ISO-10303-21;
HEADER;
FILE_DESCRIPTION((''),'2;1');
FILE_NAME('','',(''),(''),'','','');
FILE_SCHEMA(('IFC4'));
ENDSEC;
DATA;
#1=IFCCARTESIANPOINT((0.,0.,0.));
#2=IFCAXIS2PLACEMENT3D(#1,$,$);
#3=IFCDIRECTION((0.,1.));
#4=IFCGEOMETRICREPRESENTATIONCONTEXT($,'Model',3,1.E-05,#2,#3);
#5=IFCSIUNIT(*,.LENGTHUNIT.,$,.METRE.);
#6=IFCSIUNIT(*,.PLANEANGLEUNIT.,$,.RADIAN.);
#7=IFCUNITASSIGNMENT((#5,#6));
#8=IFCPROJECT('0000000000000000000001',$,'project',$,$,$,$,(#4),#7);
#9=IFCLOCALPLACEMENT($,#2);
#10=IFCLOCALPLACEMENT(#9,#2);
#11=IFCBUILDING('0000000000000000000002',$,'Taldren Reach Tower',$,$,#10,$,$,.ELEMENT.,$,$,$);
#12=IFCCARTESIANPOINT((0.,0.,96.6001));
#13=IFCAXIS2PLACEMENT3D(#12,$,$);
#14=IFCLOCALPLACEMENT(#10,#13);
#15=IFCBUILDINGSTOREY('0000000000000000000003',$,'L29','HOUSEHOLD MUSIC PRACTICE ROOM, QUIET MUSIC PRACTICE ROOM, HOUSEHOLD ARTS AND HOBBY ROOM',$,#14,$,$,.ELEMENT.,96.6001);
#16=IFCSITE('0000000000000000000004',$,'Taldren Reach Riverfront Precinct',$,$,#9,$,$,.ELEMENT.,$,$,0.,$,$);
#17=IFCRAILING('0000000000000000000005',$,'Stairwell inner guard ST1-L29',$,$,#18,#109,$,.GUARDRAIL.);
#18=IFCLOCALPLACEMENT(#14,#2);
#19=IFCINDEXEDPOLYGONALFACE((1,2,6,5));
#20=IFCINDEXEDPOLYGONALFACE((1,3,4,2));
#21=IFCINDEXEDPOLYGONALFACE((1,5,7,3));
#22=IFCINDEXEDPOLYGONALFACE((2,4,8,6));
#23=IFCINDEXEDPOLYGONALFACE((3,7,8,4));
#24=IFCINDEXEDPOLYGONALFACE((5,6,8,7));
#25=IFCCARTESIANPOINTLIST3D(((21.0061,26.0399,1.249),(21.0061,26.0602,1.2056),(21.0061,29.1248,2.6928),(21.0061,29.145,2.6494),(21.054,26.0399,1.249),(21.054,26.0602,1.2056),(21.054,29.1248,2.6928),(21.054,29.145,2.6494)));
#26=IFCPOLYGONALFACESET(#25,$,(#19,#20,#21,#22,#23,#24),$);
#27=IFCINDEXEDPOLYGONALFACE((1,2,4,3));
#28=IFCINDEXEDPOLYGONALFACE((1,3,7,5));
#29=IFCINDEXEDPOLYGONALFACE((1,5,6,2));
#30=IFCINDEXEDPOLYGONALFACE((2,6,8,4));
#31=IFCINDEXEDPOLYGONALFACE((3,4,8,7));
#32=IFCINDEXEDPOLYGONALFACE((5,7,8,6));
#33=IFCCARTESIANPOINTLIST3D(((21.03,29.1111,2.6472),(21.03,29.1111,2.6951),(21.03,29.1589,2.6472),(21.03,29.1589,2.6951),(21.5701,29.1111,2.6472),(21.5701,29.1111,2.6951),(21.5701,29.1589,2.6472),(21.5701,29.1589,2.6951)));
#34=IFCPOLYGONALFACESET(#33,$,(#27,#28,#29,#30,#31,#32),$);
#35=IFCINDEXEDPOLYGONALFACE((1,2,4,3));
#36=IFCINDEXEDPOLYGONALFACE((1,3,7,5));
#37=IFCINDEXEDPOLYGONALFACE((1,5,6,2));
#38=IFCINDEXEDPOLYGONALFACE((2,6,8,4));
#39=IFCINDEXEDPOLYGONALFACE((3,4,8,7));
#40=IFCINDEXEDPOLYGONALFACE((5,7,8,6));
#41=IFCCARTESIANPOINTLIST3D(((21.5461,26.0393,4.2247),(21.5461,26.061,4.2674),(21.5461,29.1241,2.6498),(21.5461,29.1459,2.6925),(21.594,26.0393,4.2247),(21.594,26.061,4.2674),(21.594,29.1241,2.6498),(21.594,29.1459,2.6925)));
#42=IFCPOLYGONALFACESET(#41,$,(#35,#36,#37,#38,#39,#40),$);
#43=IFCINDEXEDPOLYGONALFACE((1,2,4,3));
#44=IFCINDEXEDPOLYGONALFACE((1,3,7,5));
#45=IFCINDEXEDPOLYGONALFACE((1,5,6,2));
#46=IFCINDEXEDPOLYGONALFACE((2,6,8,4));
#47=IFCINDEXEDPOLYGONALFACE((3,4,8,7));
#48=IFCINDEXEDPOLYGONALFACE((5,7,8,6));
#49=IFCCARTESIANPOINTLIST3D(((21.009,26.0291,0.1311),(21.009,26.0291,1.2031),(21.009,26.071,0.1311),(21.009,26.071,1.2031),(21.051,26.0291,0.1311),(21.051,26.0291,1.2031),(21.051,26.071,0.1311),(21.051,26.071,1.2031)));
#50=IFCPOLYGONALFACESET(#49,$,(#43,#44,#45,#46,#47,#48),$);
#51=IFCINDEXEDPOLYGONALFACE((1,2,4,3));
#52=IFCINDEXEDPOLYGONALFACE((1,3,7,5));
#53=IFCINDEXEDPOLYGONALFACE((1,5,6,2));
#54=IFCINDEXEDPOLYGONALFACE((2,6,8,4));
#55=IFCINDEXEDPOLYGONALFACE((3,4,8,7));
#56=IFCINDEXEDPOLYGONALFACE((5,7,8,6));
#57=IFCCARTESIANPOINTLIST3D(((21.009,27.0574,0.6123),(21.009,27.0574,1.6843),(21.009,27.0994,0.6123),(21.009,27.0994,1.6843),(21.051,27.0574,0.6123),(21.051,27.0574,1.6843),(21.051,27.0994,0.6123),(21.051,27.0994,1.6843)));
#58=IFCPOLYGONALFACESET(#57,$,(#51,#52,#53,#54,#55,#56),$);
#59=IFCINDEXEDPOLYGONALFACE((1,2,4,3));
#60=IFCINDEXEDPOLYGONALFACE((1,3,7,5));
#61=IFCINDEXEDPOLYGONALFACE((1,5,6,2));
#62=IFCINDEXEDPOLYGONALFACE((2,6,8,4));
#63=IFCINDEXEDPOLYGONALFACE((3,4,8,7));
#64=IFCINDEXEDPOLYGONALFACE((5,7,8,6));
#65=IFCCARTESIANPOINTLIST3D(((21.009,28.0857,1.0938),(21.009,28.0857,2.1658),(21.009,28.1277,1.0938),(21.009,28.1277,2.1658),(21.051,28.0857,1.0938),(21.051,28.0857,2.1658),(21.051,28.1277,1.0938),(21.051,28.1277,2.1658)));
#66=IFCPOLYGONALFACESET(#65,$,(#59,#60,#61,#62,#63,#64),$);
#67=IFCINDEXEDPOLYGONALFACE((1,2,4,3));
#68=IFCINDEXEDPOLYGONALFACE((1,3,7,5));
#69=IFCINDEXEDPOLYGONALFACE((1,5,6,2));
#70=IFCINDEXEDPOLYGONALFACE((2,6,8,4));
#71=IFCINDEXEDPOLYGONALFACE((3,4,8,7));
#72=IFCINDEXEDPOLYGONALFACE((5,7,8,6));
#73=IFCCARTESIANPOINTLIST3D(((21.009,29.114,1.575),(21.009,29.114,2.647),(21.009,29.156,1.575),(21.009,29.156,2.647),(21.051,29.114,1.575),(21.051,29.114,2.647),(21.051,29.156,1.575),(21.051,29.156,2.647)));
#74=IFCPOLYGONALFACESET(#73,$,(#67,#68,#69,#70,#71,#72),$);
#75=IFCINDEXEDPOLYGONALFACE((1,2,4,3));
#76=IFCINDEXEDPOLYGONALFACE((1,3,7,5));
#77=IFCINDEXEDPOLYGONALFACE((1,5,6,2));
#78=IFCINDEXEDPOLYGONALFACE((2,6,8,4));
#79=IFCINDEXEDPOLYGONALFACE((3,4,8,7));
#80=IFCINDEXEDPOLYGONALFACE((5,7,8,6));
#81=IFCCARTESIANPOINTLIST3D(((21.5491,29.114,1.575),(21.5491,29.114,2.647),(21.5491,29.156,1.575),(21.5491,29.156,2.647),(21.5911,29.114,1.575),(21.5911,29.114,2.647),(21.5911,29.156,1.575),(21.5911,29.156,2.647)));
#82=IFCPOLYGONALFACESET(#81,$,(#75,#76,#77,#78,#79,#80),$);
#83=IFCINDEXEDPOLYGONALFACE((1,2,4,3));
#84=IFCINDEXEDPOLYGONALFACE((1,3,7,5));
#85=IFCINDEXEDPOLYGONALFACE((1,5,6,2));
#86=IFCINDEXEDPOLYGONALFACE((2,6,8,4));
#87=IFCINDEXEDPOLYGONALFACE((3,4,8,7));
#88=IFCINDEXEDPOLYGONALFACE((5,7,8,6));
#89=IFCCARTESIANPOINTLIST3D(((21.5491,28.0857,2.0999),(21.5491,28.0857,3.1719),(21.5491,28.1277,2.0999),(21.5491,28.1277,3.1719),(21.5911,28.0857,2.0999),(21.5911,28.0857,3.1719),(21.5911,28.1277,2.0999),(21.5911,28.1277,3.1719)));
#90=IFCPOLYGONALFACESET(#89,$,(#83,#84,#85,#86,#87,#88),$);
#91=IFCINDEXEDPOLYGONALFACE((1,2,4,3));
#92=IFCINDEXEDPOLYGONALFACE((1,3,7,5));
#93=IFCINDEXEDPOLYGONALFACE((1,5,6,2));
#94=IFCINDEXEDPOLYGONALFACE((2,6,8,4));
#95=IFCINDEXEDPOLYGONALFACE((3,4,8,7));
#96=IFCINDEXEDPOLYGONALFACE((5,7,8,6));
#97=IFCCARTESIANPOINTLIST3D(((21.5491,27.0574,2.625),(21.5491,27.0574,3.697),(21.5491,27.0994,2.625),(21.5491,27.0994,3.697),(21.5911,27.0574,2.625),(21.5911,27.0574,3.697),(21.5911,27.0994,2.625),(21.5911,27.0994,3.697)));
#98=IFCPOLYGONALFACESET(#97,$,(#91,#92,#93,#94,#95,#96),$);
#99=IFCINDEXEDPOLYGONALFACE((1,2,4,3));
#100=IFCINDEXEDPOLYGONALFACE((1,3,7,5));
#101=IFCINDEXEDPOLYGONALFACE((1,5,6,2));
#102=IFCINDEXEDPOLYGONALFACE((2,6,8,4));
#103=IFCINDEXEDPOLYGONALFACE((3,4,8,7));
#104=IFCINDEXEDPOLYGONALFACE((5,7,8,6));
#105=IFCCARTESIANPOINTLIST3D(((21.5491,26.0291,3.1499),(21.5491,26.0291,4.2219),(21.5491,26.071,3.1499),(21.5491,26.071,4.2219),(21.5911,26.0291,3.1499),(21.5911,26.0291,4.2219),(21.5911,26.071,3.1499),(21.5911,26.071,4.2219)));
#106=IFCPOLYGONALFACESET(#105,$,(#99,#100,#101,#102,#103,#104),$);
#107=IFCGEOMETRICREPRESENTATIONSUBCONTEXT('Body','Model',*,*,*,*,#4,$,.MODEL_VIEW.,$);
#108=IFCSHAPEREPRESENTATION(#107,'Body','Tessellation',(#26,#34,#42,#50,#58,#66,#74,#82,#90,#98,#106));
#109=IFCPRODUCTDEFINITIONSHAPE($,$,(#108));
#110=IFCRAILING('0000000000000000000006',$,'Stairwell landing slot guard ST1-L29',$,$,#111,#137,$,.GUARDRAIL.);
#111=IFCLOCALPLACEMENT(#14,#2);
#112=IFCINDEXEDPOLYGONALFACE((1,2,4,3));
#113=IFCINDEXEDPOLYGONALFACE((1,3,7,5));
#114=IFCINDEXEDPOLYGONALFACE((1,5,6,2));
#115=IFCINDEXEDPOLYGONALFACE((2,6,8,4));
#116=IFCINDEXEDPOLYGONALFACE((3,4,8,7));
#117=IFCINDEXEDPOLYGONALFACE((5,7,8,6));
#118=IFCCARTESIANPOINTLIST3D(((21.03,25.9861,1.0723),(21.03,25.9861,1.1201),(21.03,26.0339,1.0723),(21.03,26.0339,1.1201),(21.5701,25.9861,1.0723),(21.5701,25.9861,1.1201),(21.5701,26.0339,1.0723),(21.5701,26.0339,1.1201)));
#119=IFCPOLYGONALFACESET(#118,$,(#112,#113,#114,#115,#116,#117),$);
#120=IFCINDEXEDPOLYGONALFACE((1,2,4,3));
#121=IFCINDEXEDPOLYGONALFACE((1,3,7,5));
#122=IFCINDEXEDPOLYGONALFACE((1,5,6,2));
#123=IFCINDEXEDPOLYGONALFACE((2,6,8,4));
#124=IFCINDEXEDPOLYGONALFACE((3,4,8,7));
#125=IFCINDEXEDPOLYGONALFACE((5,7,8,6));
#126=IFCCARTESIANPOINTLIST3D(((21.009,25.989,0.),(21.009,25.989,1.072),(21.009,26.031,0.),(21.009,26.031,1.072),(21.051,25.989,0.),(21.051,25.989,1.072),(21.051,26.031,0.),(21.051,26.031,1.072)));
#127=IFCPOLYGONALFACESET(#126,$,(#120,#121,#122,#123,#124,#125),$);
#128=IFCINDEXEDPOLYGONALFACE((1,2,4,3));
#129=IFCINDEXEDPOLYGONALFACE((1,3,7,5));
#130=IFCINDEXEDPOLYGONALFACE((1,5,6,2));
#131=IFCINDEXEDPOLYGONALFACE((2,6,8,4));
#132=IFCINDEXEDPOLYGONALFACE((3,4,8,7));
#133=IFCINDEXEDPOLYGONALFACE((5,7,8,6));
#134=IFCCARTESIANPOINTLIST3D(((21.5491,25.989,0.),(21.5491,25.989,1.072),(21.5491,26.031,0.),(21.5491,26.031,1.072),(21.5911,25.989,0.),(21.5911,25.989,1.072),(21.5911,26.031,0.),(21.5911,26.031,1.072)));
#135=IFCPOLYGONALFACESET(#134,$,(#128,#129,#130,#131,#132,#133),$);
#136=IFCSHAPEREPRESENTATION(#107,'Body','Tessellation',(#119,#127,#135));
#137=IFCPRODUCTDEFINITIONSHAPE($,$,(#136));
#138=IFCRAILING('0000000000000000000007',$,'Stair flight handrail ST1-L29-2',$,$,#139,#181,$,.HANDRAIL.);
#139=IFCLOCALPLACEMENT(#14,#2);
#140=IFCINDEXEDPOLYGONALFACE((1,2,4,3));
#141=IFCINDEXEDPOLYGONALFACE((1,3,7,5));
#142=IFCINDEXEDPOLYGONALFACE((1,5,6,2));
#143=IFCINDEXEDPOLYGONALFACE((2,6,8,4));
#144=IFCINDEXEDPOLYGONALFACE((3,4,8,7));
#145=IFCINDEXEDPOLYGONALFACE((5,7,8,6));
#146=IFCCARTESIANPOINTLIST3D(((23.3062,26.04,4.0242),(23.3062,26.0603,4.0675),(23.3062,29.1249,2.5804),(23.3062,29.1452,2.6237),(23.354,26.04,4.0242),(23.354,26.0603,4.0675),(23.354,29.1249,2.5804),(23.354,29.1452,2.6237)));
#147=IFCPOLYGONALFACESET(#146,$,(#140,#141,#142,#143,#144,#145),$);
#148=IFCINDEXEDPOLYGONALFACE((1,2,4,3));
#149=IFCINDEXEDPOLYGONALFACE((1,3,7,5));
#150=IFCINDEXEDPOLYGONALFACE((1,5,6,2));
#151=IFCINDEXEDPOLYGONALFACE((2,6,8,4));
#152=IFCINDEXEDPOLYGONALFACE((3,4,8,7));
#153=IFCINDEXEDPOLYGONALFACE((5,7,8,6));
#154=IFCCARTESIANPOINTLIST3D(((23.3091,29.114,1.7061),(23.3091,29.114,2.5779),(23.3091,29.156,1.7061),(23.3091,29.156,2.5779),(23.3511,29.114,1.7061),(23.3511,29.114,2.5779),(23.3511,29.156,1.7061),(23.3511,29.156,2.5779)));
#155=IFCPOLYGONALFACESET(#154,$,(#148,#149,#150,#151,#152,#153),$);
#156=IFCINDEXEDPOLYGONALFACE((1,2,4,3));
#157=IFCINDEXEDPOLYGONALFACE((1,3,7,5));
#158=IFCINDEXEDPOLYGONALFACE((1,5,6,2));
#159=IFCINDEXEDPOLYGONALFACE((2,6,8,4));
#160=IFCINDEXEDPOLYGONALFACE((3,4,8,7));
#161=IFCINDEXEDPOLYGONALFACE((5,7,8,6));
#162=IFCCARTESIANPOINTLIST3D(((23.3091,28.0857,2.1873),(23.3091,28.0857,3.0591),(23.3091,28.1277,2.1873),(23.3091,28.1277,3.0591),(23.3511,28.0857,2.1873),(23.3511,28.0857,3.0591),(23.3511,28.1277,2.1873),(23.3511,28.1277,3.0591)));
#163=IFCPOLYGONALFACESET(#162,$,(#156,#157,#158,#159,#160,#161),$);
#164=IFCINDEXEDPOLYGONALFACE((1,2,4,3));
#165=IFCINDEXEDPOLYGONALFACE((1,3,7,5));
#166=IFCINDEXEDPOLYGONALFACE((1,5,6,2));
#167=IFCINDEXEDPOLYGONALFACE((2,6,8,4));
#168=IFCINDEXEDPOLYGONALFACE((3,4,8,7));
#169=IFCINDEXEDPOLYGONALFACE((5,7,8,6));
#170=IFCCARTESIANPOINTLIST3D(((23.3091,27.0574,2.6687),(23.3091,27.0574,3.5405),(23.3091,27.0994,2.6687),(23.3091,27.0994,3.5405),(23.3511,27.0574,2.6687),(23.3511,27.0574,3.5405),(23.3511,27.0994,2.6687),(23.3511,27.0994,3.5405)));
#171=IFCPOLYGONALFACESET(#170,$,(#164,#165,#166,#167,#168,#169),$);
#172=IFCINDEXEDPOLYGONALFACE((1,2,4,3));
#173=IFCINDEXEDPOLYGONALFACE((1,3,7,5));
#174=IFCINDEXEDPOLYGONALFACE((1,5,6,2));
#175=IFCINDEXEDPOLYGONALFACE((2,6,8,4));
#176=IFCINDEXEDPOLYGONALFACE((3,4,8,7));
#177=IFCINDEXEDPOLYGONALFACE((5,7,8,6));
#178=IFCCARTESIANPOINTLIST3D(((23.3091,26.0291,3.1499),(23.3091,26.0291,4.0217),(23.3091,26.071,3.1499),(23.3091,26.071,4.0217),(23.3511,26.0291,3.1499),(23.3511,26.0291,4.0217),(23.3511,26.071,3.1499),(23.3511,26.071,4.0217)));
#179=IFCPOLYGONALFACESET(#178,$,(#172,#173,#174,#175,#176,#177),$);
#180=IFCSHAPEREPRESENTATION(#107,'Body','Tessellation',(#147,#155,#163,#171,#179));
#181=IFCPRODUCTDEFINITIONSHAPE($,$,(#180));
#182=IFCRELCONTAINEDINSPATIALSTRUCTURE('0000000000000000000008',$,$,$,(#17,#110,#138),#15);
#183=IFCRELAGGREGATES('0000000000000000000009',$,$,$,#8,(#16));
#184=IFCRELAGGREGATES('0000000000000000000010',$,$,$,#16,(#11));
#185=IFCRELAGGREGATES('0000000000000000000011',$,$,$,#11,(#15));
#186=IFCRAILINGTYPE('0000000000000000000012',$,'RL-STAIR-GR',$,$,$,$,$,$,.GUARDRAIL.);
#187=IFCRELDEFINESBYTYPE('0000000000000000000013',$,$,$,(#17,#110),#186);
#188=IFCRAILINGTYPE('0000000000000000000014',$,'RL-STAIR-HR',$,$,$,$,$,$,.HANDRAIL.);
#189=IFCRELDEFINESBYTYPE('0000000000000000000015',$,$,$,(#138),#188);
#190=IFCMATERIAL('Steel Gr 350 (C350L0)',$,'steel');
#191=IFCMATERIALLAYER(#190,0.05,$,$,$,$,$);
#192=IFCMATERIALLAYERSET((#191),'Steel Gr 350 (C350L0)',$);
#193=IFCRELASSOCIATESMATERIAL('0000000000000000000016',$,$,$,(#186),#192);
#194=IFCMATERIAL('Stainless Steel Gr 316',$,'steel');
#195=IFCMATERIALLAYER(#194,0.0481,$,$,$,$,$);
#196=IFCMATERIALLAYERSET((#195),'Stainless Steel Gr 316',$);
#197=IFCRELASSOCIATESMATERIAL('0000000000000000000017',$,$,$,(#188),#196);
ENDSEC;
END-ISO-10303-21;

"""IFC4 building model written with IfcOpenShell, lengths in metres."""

from ifc_helpers import new_model, si_unit, direction, frame, origin, origin_2d, place, context, subcontext, project, spatial, rectangle, extrude, material, layer, layer_set, type_object, element, save


model = new_model("IFC4")

# Units and contexts
model_context = context("Model", 3, precision=1e-05, world=origin(), true_north=direction((0.0, 1.0)))
body_context = subcontext(model_context, "Body", "Model", "MODEL_VIEW")
ifc_project = project(units=[si_unit("LENGTHUNIT", "METRE"), si_unit("PLANEANGLEUNIT", "RADIAN")], contexts=[model_context])

# Site, building, storey
site_placement = place(None, origin())
site = spatial("IfcSite", under=ifc_project, at=site_placement, Name="Taldren Reach Riverfront Precinct", CompositionType="ELEMENT", RefElevation=0.0)
building_placement = place(site_placement, origin())
building = spatial("IfcBuilding", under=site, at=building_placement, Name="Taldren Reach Tower", CompositionType="ELEMENT")
storey_placement = place(building_placement, frame((0.0, 0.0, 96.6001)))
storey = spatial("IfcBuildingStorey", under=building, at=storey_placement, Name="L29", Description="HOUSEHOLD MUSIC PRACTICE ROOM, QUIET MUSIC PRACTICE ROOM, HOUSEHOLD ARTS AND HOBBY ROOM", CompositionType="ELEMENT", Elevation=96.6001)

# Railings
ifc_material_1 = material(Name="Steel Gr 350 (C350L0)", Category="steel")
ifc_layer_1 = layer(ifc_material_1, 0.05)
ifc_layer_set_1 = layer_set([ifc_layer_1], Name="Steel Gr 350 (C350L0)")
railing_type_1 = type_object("IfcRailingType", Name="RL-STAIR-GR", PredefinedType="GUARDRAIL", material=ifc_layer_set_1)
railing_1_placement = place(storey_placement, frame((21.03, 26.05, 0.1311)))
element("IfcRailing", 1, at=railing_1_placement, inside=storey, type_object=railing_type_1, Name="Stairwell inner guard ST1-L29", PredefinedType="GUARDRAIL", context=body_context, shape_type="SweptSolid", body=[
    extrude(rectangle(XDim=0.0479, YDim=0.0479, at=origin_2d()), frame((0.0, 0.0, 1.0962), z_axis=(0.0, 0.90571, 0.423898), x_axis=(-1.0, 0.0, 0.0)), (0.0, 0.0, 1.0), 3.406),
    extrude(rectangle(XDim=0.0479, YDim=0.0479, at=origin_2d()), frame((0.0, 3.085, 2.54), z_axis=(1.0, 0.0, 0.0), x_axis=(0.0, 1.0, 0.0)), (0.0, 0.0, 1.0), 0.54),
    extrude(rectangle(XDim=0.0479, YDim=0.0479, at=origin_2d()), frame((0.54, 3.085, 2.54), z_axis=(0.0, -0.890646, 0.454697), x_axis=(1.0, 0.0, 0.0)), (0.0, 0.0, 1.0), 3.4636),
    extrude(rectangle(XDim=0.042, YDim=0.042, at=origin_2d()), origin(), (0.0, 0.0, 1.0), 1.072),
    extrude(rectangle(XDim=0.042, YDim=0.042, at=origin_2d()), frame((0.0, 1.0283, 0.4812)), (0.0, 0.0, 1.0), 1.072),
    extrude(rectangle(XDim=0.042, YDim=0.042, at=origin_2d()), frame((0.0, 2.0566, 0.9626)), (0.0, 0.0, 1.0), 1.072),
    extrude(rectangle(XDim=0.042, YDim=0.042, at=origin_2d()), frame((0.0, 3.085, 1.4438)), (0.0, 0.0, 1.0), 1.072),
    extrude(rectangle(XDim=0.042, YDim=0.042, at=origin_2d()), frame((0.54, 3.085, 1.4438)), (0.0, 0.0, 1.0), 1.072),
    extrude(rectangle(XDim=0.042, YDim=0.042, at=origin_2d()), frame((0.54, 2.0566, 1.9688)), (0.0, 0.0, 1.0), 1.072),
    extrude(rectangle(XDim=0.042, YDim=0.042, at=origin_2d()), frame((0.54, 1.0283, 2.4939)), (0.0, 0.0, 1.0), 1.072),
    extrude(rectangle(XDim=0.042, YDim=0.042, at=origin_2d()), frame((0.54, 0.0, 3.0188)), (0.0, 0.0, 1.0), 1.072),
])
railing_2_placement = place(storey_placement, frame((21.03, 26.01, 0.0)))
element("IfcRailing", 2, at=railing_2_placement, inside=storey, type_object=railing_type_1, Name="Stairwell landing slot guard ST1-L29", PredefinedType="GUARDRAIL", context=body_context, shape_type="SweptSolid", body=[
    extrude(rectangle(XDim=0.0479, YDim=0.0479, at=origin_2d()), frame((0.0, 0.0, 1.0962), z_axis=(1.0, 0.0, 0.0), x_axis=(0.0, 1.0, 0.0)), (0.0, 0.0, 1.0), 0.54),
    extrude(rectangle(XDim=0.042, YDim=0.042, at=origin_2d()), origin(), (0.0, 0.0, 1.0), 1.072),
    extrude(rectangle(XDim=0.042, YDim=0.042, at=origin_2d()), frame((0.54, 0.0, 0.0)), (0.0, 0.0, 1.0), 1.072),
])
ifc_material_2 = material(Name="Stainless Steel Gr 316", Category="steel")
ifc_layer_2 = layer(ifc_material_2, 0.0481)
ifc_layer_set_2 = layer_set([ifc_layer_2], Name="Stainless Steel Gr 316")
railing_type_2 = type_object("IfcRailingType", Name="RL-STAIR-HR", PredefinedType="HANDRAIL", material=ifc_layer_set_2)
railing_3_placement = place(storey_placement, frame((23.3301, 29.135, 1.7061)))
element("IfcRailing", 3, at=railing_3_placement, inside=storey, type_object=railing_type_2, Name="Stair flight handrail ST1-L29-2", PredefinedType="HANDRAIL", context=body_context, shape_type="SweptSolid", body=[
    extrude(rectangle(XDim=0.0479, YDim=0.0479, at=origin_2d()), frame((0.0, 0.0, 0.896), z_axis=(0.0, -0.90571, 0.423898), x_axis=(1.0, 0.0, 0.0)), (0.0, 0.0, 1.0), 3.406),
    extrude(rectangle(XDim=0.042, YDim=0.042, at=origin_2d()), origin(), (0.0, 0.0, 1.0), 0.8718),
    extrude(rectangle(XDim=0.042, YDim=0.042, at=origin_2d()), frame((0.0, -1.0283, 0.4812)), (0.0, 0.0, 1.0), 0.8718),
    extrude(rectangle(XDim=0.042, YDim=0.042, at=origin_2d()), frame((0.0, -2.0566, 0.9626)), (0.0, 0.0, 1.0), 0.8718),
    extrude(rectangle(XDim=0.042, YDim=0.042, at=origin_2d()), frame((0.0, -3.085, 1.4438)), (0.0, 0.0, 1.0), 0.8718),
])

save(model, "model.ifc")
